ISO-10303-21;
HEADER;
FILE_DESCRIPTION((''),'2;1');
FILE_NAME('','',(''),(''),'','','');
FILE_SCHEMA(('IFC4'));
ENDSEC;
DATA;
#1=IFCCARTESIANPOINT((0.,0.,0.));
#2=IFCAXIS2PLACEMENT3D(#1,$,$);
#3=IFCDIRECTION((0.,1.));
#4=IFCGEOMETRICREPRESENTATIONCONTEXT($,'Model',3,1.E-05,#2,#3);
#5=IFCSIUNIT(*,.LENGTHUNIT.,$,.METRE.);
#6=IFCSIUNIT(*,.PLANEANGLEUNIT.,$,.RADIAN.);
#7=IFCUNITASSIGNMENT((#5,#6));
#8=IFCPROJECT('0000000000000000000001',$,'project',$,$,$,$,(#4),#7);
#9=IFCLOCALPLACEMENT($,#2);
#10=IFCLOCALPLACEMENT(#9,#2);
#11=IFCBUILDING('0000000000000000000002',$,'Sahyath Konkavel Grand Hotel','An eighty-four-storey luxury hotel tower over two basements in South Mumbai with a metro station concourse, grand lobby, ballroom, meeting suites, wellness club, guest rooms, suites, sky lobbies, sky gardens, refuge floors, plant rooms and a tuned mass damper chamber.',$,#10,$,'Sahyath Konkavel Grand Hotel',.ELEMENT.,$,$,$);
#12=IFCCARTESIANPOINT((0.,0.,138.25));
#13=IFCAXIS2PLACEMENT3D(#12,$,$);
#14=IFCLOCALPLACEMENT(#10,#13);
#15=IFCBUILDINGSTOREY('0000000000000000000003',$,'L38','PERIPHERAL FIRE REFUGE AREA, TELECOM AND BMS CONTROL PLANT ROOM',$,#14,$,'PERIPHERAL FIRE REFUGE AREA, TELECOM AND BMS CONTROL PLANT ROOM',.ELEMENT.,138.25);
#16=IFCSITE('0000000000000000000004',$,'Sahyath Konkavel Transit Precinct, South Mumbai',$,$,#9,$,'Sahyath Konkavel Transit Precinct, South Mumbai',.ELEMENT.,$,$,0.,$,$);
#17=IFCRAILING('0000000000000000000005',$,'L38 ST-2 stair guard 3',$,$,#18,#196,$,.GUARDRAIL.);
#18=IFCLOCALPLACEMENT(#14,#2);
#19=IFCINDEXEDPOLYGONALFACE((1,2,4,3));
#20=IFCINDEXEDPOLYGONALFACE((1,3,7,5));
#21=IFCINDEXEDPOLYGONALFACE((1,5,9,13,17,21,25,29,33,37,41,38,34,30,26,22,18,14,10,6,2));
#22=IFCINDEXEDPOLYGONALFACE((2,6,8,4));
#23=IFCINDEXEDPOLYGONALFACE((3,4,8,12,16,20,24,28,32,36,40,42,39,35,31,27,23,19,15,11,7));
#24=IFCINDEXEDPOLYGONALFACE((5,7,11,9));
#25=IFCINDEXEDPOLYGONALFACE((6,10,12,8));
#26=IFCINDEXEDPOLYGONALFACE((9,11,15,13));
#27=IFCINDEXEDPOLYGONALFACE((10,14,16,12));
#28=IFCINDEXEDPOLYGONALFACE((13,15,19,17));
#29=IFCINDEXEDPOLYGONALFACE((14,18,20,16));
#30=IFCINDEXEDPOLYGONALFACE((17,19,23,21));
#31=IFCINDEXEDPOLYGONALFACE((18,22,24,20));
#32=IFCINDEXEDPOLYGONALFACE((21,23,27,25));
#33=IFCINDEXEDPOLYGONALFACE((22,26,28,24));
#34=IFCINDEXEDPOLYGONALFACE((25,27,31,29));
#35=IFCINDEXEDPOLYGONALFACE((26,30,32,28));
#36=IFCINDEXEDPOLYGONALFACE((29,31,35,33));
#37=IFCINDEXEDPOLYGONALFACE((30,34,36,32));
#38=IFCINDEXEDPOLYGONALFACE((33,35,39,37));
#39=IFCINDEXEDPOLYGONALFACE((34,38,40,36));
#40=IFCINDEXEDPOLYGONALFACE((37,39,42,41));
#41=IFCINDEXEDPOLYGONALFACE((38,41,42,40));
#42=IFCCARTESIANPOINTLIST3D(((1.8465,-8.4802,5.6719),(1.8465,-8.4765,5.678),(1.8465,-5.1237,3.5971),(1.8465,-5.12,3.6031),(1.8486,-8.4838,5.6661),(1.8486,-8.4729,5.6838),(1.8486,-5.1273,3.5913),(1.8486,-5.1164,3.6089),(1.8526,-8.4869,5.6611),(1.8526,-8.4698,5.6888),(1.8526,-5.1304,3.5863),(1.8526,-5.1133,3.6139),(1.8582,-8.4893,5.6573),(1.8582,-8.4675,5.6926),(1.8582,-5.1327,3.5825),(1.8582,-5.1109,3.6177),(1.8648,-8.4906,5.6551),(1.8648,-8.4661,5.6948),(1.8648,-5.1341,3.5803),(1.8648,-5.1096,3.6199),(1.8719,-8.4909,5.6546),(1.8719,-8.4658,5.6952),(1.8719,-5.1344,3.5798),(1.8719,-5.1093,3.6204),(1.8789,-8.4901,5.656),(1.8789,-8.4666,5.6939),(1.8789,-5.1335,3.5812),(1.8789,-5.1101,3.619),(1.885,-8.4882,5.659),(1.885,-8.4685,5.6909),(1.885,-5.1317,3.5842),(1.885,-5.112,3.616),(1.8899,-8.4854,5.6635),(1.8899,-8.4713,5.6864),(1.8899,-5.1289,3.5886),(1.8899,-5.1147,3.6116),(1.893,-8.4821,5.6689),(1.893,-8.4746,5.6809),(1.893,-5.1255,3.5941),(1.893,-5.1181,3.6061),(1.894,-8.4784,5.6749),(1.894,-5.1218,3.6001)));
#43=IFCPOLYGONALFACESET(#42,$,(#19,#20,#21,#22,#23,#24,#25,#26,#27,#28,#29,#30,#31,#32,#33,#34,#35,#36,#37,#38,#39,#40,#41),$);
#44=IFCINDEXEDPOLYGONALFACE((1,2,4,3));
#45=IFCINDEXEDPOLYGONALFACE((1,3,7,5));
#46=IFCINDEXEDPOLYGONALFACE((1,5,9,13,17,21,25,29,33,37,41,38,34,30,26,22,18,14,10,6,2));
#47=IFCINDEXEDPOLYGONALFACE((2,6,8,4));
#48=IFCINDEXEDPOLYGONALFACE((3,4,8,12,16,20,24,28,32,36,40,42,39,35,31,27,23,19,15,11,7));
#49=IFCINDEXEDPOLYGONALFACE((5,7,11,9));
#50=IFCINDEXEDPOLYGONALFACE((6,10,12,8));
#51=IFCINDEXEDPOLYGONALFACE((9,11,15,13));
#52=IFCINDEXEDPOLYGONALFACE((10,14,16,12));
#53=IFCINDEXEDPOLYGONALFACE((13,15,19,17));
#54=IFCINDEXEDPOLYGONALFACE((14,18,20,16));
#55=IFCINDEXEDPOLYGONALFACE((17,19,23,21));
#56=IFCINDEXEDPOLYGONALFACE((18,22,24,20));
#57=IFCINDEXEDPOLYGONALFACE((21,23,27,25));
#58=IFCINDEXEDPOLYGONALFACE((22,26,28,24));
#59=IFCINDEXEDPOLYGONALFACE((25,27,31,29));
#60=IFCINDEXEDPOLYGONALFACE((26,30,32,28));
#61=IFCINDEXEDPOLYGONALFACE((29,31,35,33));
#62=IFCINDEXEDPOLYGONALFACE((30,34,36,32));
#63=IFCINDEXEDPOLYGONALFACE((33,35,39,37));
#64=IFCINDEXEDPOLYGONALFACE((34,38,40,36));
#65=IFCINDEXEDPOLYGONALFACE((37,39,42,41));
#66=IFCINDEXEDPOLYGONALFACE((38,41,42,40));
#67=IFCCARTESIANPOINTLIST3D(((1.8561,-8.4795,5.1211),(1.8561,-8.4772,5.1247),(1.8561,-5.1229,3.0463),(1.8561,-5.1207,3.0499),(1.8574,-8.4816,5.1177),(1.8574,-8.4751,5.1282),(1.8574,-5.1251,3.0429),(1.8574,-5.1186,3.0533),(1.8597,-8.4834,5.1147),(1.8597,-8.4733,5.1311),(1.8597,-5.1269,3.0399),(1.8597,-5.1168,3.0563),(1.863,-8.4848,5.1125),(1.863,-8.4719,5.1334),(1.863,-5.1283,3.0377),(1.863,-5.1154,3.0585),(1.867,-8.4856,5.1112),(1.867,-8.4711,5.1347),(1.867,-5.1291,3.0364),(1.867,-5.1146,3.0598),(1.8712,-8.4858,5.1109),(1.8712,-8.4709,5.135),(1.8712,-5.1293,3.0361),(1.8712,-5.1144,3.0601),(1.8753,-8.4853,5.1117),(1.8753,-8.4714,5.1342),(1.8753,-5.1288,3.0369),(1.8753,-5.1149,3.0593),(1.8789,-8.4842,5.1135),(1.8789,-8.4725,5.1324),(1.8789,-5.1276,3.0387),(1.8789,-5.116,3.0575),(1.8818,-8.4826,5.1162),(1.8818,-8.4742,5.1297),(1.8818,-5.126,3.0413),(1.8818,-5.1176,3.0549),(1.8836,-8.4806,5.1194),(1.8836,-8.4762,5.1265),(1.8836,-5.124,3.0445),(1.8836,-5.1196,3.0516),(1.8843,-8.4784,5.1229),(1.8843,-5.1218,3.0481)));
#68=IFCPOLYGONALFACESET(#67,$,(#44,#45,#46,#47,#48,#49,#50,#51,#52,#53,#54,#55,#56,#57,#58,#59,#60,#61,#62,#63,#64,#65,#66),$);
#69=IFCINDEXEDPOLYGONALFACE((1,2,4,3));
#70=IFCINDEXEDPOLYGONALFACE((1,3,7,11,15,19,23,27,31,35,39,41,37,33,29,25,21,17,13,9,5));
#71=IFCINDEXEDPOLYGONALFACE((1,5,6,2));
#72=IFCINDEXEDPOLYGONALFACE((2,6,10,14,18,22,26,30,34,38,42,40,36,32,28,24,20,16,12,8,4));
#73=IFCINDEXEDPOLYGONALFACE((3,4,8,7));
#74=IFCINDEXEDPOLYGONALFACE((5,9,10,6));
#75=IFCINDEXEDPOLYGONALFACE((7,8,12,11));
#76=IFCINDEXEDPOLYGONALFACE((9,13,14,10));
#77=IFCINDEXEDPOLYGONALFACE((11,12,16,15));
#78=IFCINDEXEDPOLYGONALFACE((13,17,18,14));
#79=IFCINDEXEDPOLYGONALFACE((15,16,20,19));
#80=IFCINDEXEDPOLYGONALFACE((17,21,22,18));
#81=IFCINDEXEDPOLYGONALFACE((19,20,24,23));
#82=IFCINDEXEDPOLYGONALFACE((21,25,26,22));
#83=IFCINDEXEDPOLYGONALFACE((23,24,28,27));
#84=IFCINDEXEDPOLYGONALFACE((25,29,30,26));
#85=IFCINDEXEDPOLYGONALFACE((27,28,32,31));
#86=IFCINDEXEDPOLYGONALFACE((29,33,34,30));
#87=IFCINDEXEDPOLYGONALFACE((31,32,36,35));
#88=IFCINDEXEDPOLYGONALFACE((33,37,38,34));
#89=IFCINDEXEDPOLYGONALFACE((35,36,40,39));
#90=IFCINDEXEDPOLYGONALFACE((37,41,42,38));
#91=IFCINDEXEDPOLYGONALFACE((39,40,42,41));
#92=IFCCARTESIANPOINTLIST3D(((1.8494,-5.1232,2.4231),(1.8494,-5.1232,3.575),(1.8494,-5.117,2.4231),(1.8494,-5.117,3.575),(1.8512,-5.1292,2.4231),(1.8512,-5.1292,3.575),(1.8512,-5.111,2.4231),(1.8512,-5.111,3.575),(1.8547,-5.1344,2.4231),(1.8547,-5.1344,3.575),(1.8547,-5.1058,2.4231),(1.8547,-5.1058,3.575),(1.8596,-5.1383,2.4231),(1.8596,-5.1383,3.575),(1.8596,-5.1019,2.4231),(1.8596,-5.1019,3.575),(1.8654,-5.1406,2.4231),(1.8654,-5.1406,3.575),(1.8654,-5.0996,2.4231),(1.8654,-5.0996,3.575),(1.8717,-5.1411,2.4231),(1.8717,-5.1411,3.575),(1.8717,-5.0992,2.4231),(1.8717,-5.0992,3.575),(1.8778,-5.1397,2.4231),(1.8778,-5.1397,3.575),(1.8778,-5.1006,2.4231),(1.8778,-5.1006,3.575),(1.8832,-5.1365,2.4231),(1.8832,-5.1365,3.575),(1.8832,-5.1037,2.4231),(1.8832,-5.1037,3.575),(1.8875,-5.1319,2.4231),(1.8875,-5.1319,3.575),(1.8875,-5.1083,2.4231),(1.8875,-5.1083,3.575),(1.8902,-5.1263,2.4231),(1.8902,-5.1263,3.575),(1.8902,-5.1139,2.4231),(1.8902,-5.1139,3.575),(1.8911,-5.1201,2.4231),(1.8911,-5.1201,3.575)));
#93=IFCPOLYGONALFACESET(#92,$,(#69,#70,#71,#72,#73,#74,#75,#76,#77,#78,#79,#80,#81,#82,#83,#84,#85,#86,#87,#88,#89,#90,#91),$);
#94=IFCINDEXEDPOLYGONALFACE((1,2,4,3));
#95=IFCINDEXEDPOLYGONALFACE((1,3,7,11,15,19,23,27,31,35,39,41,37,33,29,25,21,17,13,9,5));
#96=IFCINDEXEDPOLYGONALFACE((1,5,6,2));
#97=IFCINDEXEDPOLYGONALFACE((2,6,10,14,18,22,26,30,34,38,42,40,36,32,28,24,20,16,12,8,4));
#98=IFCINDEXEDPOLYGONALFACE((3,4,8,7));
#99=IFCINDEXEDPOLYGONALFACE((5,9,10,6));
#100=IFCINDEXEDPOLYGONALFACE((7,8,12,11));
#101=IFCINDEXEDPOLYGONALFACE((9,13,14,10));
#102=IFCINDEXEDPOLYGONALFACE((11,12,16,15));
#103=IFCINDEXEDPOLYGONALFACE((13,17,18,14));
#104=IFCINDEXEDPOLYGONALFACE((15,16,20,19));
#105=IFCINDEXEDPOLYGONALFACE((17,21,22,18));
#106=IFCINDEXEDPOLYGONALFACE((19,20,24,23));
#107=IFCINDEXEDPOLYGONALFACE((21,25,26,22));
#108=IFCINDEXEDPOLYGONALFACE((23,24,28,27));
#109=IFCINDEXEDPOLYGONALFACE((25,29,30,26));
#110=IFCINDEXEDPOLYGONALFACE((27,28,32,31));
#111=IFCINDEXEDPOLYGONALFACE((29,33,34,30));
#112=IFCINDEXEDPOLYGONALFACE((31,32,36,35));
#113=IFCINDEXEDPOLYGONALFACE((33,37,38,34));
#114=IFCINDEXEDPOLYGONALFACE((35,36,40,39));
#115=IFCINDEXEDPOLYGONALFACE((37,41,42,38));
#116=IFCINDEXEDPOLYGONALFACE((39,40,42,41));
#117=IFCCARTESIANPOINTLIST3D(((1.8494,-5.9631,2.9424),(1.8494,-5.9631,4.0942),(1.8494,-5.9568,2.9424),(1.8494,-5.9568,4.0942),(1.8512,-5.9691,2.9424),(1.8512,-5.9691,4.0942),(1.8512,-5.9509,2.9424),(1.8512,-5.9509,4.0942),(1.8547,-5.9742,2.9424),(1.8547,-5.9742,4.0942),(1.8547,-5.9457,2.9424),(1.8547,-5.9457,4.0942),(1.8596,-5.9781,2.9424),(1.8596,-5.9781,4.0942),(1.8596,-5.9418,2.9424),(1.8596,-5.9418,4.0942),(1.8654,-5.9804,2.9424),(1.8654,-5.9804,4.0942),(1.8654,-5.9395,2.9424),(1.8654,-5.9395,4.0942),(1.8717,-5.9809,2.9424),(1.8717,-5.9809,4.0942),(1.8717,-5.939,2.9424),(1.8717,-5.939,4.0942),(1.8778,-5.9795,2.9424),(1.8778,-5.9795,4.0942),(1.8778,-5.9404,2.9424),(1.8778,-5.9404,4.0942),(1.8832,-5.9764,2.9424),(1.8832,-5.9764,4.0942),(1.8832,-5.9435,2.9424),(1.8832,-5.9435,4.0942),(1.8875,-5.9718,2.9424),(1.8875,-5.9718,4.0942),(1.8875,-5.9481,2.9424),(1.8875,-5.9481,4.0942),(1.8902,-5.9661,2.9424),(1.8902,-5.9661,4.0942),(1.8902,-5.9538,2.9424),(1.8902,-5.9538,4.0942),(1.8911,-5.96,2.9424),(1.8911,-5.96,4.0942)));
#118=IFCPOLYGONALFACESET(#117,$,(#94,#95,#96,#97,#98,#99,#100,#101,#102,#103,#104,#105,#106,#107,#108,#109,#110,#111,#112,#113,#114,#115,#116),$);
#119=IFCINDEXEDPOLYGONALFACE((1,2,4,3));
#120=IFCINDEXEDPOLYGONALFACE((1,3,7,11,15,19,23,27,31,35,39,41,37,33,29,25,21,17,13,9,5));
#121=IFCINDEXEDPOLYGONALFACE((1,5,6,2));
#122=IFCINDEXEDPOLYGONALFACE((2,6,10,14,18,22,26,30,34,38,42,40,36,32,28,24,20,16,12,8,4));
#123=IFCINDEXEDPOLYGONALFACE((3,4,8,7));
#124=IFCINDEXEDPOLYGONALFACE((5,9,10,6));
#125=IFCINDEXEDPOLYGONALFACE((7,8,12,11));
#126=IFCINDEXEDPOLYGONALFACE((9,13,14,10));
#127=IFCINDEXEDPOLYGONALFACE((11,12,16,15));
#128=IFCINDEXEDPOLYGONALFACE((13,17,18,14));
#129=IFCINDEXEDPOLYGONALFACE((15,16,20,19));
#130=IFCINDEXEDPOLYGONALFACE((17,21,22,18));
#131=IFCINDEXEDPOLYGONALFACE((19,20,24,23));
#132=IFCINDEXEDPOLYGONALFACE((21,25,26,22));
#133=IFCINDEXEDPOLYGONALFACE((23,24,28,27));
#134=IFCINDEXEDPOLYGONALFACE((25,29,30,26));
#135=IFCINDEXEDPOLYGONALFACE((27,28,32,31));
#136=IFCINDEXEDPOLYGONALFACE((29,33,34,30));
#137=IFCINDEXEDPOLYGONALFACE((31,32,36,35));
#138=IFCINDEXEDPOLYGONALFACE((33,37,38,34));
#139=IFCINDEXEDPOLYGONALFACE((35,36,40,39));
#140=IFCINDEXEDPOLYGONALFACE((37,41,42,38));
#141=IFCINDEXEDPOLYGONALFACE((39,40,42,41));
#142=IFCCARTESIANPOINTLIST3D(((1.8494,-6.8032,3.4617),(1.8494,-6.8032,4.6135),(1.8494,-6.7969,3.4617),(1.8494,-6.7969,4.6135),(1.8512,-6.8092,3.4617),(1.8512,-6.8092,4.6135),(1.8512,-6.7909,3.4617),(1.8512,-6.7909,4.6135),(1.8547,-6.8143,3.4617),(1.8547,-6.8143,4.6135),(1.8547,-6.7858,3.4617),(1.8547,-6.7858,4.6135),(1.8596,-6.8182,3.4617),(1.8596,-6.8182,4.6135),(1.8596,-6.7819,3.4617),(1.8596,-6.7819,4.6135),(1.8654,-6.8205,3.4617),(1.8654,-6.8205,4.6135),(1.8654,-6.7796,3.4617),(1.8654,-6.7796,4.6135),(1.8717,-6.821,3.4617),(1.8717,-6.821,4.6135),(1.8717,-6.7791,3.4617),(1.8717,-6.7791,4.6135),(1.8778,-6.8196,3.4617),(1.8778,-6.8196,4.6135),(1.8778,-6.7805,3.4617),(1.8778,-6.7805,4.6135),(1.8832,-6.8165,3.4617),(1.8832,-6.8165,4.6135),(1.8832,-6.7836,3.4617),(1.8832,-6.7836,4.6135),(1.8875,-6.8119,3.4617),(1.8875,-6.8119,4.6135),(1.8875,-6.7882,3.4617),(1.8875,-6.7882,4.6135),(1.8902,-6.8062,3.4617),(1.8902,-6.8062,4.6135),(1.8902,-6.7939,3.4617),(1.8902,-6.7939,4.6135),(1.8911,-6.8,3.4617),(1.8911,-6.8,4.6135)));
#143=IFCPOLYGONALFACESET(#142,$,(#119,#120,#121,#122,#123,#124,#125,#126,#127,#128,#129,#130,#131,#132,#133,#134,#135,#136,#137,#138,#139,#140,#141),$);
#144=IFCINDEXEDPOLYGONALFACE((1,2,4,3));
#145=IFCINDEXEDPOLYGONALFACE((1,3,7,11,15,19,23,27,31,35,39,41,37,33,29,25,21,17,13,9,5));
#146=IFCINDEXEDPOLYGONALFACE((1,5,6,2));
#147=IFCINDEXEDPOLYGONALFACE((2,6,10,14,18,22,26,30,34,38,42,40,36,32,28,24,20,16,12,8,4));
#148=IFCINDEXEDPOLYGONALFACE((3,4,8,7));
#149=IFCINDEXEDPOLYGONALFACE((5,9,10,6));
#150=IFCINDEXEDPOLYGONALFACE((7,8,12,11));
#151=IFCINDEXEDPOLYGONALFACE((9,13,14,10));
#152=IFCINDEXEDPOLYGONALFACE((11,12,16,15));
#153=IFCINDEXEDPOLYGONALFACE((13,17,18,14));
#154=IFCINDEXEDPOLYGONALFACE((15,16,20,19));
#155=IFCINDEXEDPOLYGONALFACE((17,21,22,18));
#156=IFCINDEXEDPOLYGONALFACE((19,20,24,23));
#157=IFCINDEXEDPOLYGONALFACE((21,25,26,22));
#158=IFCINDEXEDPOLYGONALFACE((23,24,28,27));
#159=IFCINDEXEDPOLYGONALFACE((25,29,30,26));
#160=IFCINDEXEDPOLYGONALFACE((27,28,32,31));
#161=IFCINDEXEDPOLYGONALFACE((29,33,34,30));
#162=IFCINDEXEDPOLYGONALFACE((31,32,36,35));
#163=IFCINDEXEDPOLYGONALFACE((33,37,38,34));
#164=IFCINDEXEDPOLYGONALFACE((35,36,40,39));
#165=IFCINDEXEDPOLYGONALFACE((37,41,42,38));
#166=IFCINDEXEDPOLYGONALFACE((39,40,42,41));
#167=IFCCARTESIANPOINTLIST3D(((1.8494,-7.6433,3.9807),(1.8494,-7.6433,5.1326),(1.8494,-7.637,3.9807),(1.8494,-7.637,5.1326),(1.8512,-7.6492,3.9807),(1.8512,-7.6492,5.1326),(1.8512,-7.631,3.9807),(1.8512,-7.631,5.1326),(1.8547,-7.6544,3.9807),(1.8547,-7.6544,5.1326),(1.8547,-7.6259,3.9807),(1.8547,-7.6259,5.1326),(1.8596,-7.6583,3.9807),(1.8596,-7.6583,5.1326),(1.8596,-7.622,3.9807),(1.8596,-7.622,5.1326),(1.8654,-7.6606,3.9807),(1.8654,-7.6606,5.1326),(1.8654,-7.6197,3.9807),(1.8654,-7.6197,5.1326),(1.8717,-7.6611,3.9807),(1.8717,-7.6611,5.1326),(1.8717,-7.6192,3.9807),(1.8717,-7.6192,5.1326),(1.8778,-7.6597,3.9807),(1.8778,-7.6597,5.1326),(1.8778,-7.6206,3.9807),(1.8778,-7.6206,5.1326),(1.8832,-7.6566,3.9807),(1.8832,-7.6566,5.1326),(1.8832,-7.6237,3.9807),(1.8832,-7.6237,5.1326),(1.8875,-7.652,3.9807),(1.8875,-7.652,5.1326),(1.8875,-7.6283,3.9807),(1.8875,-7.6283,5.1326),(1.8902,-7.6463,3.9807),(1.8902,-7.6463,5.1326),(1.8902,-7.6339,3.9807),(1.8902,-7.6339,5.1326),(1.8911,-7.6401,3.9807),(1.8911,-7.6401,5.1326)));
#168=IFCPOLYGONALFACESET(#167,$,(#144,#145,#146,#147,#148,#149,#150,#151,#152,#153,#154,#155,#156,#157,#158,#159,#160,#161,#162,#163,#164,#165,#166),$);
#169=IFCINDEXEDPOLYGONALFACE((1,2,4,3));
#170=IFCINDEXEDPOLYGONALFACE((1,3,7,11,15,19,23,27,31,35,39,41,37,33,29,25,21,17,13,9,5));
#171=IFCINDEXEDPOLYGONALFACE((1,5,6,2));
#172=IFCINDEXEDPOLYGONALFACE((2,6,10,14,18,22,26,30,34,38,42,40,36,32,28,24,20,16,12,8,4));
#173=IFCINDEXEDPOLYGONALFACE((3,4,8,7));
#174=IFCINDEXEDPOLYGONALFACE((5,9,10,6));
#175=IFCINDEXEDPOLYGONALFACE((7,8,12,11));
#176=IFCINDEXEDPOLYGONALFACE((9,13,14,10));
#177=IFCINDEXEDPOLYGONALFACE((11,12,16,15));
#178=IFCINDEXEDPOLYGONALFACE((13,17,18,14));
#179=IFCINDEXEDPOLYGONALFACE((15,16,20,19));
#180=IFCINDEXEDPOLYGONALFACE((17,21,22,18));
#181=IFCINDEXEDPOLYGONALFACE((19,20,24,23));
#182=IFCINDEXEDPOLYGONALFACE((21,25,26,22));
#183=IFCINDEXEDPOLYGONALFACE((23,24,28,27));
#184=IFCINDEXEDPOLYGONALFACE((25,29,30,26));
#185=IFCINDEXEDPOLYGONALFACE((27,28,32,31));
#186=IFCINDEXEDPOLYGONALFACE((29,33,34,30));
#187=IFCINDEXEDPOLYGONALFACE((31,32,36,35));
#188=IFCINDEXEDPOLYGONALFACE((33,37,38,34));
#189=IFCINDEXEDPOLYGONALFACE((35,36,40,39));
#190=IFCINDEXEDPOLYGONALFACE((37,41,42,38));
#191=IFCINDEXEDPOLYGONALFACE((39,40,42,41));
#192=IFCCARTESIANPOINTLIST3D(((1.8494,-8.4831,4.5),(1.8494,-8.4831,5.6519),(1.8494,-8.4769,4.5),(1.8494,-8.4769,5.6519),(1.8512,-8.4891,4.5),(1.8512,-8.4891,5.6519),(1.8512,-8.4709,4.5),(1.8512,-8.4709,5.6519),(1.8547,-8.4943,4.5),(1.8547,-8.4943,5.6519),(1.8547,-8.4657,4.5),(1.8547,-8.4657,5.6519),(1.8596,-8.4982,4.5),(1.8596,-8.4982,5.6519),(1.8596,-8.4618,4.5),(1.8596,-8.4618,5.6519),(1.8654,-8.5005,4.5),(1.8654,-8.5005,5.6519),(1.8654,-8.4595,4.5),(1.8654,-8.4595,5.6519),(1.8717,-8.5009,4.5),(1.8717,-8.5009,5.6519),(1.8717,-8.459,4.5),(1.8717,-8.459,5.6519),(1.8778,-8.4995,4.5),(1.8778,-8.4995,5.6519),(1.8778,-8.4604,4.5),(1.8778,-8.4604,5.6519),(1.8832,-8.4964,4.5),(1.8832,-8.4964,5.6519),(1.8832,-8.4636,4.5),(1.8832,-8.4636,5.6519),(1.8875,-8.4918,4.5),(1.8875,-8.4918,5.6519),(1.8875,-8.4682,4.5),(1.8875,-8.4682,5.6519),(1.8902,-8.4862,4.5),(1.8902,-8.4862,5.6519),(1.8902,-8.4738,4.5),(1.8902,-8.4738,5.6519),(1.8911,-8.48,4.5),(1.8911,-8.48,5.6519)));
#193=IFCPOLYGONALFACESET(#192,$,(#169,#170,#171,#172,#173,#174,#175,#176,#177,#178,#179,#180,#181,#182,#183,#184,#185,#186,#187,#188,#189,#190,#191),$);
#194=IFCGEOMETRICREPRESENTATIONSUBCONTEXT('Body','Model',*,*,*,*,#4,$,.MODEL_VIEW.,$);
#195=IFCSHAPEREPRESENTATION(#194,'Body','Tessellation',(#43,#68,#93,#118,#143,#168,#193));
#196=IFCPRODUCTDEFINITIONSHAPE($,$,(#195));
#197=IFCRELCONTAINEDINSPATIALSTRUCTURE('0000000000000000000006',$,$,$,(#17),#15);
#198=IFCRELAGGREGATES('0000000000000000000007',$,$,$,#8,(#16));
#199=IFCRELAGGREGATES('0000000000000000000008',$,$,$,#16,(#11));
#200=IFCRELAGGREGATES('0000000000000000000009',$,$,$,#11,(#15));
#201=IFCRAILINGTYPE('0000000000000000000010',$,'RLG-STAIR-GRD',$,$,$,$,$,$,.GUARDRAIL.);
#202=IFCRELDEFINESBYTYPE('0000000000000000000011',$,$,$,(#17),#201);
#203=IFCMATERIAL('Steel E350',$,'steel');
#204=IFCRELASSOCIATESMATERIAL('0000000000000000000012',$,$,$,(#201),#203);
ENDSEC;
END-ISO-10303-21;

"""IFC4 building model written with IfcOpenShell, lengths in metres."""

from ifc_helpers import new_model, si_unit, direction, frame, origin, origin_2d, place, context, subcontext, project, spatial, circle, extrude, material, type_object, element, save


model = new_model("IFC4")

# Units and contexts
model_context = context("Model", 3, precision=1e-05, world=origin(), true_north=direction((0.0, 1.0)))
body_context = subcontext(model_context, "Body", "Model", "MODEL_VIEW")
ifc_project = project(units=[si_unit("LENGTHUNIT", "METRE"), si_unit("PLANEANGLEUNIT", "RADIAN")], contexts=[model_context])

# Site, building, storey
site_placement = place(None, origin())
site = spatial("IfcSite", under=ifc_project, at=site_placement, Name="Sahyath Konkavel Transit Precinct, South Mumbai", LongName="Sahyath Konkavel Transit Precinct, South Mumbai", CompositionType="ELEMENT", RefElevation=0.0)
building_placement = place(site_placement, origin())
building = spatial("IfcBuilding", under=site, at=building_placement, Name="Sahyath Konkavel Grand Hotel", Description="An eighty-four-storey luxury hotel tower over two basements in South Mumbai with a metro station concourse, grand lobby, ballroom, meeting suites, wellness club, guest rooms, suites, sky lobbies, sky gardens, refuge floors, plant rooms and a tuned mass damper chamber.", LongName="Sahyath Konkavel Grand Hotel", CompositionType="ELEMENT")
storey_placement = place(building_placement, frame((0.0, 0.0, 138.25)))
storey = spatial("IfcBuildingStorey", under=building, at=storey_placement, Name="L38", Description="PERIPHERAL FIRE REFUGE AREA, TELECOM AND BMS CONTROL PLANT ROOM", LongName="PERIPHERAL FIRE REFUGE AREA, TELECOM AND BMS CONTROL PLANT ROOM", CompositionType="ELEMENT", Elevation=138.25)

# Shared definitions
ifc_material_1 = material(Name="Steel E350", Category="steel")

# Railing
railing_type_1 = type_object("IfcRailingType", Name="RLG-STAIR-GRD", PredefinedType="GUARDRAIL", material=ifc_material_1)
railing_1_placement = place(storey_placement, frame((1.8701, -5.1201, 2.4231)))
element("IfcRailing", 1, at=railing_1_placement, inside=storey, type_object=railing_type_1, Name="L38 ST-2 stair guard 3", PredefinedType="GUARDRAIL", context=body_context, shape_type="SweptSolid", body=[
    extrude(circle(Radius=0.0239, at=origin_2d()), frame((0.0, -0.0017, 1.177), z_axis=(0.0, -0.850606, 0.525803), x_axis=(1.0, 0.0, 0.0)), (0.0, 0.0, 1.0), 3.946),
    extrude(circle(Radius=0.0142, at=origin_2d()), frame((0.0, -0.0017, 0.625), z_axis=(0.0, -0.850606, 0.525803), x_axis=(1.0, 0.0, 0.0)), (0.0, 0.0, 1.0), 3.946),
    extrude(circle(Radius=0.021, at=origin_2d()), origin(), (0.0, 0.0, 1.0), 1.1519),
    extrude(circle(Radius=0.021, at=origin_2d()), frame((0.0, -0.8398, 0.5193)), (0.0, 0.0, 1.0), 1.1519),
    extrude(circle(Radius=0.021, at=origin_2d()), frame((0.0, -1.6799, 1.0386)), (0.0, 0.0, 1.0), 1.1519),
    extrude(circle(Radius=0.021, at=origin_2d()), frame((0.0, -2.52, 1.5576)), (0.0, 0.0, 1.0), 1.1519),
    extrude(circle(Radius=0.021, at=origin_2d()), frame((0.0, -3.3599, 2.0769)), (0.0, 0.0, 1.0), 1.1519),
])

save(model, "model.ifc")
